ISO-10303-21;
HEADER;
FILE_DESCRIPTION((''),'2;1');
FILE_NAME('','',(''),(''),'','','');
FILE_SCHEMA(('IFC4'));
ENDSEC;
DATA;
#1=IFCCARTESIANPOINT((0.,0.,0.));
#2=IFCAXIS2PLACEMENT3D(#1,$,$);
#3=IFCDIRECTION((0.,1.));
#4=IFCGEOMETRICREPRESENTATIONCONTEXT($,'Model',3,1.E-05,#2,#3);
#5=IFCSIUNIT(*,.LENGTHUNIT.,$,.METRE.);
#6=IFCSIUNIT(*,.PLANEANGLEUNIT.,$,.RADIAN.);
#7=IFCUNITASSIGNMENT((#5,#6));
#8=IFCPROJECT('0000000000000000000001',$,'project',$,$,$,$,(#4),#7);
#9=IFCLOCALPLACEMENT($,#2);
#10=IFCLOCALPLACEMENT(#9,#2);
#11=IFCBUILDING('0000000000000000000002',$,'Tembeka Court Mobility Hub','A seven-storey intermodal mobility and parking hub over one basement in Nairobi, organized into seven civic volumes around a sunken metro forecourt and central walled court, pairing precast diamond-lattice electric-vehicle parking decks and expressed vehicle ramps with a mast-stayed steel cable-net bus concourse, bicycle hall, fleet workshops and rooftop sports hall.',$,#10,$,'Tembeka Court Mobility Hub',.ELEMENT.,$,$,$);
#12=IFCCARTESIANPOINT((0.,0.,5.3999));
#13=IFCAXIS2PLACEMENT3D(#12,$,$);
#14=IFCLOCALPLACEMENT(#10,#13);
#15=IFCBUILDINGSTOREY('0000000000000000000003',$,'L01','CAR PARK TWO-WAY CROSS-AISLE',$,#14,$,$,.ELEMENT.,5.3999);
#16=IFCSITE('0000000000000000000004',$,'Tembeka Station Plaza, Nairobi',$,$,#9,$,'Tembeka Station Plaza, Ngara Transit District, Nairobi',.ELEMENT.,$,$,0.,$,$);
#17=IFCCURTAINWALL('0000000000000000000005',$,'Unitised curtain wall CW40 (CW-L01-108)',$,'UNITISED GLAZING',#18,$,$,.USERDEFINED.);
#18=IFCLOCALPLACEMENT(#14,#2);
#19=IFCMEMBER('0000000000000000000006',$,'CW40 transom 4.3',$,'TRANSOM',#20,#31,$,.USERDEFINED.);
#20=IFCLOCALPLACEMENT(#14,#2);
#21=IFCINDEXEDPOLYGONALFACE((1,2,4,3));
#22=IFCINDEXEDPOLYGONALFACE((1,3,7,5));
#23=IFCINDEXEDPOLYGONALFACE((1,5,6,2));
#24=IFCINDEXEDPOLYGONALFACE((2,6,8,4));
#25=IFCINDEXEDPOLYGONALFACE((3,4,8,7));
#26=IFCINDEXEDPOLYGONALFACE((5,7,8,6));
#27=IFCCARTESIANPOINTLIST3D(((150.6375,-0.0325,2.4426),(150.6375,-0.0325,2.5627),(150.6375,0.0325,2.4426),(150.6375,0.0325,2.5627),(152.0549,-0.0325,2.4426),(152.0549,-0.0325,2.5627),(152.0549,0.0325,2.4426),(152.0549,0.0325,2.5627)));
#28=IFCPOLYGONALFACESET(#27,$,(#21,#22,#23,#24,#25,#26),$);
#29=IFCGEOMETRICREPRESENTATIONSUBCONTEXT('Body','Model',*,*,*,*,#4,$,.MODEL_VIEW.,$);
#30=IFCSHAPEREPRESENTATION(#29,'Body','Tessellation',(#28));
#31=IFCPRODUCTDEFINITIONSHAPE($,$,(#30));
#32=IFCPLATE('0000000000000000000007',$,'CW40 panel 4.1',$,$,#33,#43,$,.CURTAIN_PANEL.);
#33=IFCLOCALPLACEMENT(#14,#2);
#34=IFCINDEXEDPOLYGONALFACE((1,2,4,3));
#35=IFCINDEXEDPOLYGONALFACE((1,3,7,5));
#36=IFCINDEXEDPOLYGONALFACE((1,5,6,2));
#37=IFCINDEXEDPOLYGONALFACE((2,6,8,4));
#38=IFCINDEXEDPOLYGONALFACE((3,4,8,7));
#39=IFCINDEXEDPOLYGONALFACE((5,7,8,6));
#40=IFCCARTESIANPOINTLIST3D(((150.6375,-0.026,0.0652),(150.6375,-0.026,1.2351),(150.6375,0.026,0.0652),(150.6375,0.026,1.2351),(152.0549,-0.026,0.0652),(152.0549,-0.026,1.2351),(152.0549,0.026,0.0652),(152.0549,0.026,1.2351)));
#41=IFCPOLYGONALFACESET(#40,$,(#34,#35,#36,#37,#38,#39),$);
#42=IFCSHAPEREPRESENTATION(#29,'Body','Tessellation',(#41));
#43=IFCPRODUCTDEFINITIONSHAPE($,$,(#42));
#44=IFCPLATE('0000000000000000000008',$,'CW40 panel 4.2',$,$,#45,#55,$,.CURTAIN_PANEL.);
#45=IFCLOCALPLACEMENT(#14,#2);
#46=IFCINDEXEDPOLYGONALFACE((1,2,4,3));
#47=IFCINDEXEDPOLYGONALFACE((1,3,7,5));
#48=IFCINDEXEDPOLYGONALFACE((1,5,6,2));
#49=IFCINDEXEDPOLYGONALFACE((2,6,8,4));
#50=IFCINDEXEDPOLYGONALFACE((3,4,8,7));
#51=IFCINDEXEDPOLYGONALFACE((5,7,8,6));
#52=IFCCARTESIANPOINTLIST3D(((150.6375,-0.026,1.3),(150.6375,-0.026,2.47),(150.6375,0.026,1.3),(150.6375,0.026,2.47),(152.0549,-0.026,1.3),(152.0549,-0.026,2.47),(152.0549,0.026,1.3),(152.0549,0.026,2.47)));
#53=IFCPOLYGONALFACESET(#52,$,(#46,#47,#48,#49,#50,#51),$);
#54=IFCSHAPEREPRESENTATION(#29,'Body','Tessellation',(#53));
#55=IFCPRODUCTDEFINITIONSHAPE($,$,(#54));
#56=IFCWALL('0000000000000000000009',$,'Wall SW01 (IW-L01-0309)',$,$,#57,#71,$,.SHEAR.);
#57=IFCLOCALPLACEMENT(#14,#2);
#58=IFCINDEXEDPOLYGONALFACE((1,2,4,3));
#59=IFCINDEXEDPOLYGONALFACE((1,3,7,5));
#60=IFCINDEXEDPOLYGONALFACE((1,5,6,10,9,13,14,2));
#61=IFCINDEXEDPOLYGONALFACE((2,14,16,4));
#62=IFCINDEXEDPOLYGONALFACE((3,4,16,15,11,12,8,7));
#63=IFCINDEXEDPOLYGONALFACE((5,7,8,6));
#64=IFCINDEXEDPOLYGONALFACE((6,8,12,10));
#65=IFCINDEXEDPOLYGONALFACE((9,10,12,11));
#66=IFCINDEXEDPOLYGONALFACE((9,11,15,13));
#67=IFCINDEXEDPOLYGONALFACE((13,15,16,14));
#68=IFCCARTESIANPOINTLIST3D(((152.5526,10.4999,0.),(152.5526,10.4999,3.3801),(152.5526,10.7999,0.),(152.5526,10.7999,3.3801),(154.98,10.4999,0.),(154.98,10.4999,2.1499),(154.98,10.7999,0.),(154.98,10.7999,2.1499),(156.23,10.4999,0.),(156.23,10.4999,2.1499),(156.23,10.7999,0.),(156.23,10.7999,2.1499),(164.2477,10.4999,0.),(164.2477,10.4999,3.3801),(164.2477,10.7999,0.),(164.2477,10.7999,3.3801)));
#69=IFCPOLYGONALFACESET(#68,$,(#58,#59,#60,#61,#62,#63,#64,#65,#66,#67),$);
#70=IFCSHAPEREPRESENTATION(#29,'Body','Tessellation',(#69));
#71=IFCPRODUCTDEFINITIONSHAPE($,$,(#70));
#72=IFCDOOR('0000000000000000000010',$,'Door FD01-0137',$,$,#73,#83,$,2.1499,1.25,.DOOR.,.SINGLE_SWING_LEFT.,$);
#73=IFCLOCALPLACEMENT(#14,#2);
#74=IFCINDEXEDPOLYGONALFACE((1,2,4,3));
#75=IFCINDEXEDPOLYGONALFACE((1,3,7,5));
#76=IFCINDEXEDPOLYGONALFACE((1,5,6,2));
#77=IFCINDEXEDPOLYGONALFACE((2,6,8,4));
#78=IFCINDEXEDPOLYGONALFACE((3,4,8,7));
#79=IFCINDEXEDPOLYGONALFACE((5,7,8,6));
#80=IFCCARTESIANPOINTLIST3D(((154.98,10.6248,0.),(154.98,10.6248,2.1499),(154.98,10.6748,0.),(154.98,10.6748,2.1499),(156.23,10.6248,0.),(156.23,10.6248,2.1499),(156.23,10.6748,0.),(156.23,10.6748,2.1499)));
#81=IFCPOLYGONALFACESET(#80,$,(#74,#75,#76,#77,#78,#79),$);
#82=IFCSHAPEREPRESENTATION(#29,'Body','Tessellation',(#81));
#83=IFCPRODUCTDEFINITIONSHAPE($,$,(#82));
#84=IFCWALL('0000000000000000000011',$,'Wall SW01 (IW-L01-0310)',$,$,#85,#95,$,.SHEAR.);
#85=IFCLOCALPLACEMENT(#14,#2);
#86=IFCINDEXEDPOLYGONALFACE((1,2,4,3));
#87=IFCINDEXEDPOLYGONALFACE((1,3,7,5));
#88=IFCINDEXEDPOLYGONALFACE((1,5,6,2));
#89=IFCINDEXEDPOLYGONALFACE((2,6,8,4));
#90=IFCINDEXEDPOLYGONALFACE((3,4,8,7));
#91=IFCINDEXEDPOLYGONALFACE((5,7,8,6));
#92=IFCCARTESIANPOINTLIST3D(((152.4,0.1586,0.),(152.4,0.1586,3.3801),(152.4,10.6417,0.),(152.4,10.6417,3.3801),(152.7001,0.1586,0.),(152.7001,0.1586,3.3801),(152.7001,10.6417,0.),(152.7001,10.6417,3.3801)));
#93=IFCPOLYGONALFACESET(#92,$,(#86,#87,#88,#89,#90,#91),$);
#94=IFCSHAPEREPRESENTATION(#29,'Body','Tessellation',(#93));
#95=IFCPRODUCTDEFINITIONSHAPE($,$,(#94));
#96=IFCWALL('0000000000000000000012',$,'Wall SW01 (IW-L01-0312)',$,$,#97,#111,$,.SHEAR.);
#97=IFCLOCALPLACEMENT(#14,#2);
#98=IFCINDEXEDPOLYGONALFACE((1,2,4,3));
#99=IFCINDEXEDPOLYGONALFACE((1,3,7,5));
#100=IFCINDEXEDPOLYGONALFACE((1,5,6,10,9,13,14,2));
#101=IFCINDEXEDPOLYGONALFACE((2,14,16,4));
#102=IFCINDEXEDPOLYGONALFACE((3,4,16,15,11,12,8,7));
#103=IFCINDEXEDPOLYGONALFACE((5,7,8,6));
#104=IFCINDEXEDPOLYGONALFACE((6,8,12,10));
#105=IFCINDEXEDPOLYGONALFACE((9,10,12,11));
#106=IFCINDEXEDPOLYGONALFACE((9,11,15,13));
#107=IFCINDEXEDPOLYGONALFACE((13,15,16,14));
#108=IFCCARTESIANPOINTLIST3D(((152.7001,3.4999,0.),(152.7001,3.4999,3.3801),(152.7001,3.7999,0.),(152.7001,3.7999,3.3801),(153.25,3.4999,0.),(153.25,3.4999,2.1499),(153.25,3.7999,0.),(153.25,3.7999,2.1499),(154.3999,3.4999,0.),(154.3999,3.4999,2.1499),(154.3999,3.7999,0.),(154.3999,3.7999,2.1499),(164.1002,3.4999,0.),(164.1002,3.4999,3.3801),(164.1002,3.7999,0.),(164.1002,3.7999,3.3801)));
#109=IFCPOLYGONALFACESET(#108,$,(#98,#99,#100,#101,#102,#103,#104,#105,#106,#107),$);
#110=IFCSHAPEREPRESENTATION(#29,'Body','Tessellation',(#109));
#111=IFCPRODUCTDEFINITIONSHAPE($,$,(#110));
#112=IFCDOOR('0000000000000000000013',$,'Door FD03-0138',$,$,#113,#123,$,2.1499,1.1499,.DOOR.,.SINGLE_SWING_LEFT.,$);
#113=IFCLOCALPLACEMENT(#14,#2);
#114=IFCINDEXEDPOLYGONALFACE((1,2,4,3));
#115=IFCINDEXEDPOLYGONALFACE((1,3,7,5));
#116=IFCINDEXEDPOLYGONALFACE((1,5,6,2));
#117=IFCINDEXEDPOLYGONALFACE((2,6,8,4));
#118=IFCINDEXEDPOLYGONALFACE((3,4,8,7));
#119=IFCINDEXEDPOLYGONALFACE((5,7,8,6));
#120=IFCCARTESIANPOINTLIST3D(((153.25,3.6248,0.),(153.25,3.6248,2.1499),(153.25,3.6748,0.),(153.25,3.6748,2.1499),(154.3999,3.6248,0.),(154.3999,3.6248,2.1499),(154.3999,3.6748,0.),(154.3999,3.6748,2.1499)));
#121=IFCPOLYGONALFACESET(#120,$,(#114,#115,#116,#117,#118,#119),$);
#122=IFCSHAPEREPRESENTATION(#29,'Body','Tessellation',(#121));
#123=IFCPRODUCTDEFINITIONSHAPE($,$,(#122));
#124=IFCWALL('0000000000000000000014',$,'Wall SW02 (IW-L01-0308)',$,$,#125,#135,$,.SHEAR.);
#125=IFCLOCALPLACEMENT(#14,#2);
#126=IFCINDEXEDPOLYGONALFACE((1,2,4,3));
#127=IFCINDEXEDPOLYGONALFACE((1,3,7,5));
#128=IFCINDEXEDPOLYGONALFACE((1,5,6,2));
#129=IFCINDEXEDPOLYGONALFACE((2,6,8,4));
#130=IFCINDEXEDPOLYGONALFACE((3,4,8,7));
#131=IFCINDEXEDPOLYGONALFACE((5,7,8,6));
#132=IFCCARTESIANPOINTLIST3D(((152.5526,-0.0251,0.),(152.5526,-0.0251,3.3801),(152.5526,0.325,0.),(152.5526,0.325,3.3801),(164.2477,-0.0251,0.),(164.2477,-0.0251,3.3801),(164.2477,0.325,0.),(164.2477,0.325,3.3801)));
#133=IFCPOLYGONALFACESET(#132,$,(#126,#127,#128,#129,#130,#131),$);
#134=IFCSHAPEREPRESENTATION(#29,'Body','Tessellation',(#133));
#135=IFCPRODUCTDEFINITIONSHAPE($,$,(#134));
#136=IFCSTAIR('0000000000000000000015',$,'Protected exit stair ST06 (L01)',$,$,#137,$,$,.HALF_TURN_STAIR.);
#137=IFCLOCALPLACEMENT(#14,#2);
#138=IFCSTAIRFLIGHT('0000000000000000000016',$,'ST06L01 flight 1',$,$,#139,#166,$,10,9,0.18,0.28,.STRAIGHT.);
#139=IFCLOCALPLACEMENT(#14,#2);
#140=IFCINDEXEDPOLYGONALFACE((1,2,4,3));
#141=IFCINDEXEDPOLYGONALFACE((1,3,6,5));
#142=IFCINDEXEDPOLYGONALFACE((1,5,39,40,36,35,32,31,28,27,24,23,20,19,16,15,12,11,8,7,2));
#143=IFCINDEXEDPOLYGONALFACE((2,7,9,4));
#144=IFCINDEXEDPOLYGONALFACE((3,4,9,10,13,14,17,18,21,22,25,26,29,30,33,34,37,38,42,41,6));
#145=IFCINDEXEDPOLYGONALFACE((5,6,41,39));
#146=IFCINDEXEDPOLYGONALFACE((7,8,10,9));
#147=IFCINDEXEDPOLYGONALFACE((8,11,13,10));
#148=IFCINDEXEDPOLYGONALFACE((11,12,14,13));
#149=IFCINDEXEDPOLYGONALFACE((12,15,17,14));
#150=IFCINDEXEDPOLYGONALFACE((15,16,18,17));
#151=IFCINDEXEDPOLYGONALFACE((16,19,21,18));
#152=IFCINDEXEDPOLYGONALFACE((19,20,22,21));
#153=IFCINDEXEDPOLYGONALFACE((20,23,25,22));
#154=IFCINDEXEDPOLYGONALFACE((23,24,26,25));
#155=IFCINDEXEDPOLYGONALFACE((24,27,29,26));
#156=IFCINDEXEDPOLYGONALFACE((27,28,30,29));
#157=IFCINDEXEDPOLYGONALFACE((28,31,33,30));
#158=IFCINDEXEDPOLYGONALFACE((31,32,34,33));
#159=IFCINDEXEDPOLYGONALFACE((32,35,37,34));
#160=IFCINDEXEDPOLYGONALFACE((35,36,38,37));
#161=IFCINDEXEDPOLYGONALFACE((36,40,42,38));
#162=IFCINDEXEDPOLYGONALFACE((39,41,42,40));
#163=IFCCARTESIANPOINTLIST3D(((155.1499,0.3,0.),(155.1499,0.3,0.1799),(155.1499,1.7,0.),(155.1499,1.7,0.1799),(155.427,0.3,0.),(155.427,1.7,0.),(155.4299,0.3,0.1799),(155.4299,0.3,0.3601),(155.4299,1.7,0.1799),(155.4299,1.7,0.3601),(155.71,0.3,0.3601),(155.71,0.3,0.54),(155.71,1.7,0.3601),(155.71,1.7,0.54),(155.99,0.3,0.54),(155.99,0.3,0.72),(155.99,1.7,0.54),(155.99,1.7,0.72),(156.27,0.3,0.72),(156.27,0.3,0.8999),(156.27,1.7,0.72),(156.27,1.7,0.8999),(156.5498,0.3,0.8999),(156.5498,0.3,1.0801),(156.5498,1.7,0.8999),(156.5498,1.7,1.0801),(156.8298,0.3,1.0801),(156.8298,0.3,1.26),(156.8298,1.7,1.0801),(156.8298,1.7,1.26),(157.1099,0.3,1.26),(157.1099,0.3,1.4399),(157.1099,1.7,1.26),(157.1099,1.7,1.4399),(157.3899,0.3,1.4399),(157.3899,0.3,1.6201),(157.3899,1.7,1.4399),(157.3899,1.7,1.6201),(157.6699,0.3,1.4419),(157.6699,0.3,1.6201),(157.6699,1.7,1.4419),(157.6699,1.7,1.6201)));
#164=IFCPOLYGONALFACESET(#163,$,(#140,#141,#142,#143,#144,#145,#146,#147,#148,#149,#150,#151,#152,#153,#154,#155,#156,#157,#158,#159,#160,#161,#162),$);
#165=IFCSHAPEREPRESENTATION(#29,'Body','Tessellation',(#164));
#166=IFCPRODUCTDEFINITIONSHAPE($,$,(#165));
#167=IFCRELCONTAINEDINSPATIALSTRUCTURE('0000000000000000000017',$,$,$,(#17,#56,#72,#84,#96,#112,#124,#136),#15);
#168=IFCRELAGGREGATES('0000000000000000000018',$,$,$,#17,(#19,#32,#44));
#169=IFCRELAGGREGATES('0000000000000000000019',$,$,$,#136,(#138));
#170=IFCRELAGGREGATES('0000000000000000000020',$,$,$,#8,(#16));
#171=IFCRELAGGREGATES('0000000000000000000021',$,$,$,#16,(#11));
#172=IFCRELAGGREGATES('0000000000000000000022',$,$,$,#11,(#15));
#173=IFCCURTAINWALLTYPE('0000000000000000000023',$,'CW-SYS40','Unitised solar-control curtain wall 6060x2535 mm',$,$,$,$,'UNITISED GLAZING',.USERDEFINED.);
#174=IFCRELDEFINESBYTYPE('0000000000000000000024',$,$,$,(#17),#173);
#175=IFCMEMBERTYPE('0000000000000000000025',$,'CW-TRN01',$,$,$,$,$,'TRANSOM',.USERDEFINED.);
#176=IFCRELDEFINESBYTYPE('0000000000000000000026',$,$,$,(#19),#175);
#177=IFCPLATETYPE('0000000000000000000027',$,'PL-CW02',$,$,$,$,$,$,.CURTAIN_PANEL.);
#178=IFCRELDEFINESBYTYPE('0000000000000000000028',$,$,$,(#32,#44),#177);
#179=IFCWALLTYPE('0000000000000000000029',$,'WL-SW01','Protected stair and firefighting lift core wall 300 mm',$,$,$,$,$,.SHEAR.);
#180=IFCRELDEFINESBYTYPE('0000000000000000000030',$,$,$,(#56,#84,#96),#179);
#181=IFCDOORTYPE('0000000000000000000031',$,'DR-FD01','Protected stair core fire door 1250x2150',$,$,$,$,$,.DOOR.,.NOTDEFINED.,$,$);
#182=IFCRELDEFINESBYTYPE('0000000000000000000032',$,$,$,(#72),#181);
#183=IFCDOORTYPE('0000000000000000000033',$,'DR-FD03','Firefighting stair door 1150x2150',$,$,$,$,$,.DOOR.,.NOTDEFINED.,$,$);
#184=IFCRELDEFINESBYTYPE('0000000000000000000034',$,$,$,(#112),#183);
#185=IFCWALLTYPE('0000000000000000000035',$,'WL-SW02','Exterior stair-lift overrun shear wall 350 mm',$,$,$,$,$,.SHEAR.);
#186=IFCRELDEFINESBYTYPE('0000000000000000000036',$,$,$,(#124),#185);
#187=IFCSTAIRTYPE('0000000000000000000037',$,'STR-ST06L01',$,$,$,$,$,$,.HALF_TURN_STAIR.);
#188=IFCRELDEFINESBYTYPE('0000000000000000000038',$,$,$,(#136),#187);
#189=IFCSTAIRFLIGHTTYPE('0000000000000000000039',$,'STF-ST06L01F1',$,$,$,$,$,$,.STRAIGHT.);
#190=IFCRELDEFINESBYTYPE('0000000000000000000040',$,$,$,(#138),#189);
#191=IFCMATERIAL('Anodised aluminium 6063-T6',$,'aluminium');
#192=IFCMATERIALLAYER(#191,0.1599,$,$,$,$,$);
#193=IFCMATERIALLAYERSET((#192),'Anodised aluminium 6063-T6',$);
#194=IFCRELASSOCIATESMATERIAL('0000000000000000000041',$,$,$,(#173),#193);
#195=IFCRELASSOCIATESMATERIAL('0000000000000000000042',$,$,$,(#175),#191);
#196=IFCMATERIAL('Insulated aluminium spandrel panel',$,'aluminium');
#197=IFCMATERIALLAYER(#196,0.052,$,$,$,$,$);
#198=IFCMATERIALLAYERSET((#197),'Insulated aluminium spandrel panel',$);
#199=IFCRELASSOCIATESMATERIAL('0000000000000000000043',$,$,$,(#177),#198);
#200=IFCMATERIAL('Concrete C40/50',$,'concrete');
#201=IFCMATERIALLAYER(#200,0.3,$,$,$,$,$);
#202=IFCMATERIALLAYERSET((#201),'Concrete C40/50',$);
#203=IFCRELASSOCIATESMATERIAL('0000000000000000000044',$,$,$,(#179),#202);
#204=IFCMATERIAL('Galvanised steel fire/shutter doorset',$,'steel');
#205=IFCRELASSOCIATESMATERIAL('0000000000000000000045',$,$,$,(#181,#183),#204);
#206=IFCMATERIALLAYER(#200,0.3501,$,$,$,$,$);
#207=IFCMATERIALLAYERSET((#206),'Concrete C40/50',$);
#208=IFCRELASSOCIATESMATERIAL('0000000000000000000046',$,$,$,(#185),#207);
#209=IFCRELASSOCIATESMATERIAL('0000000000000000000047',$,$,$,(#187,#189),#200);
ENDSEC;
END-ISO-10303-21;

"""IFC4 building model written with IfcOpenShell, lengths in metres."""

from ifc_helpers import new_model, si_unit, direction, frame, frame_2d, origin, origin_2d, place, context, subcontext, project, spatial, polyline, rectangle, outline, extrude, material, layer, layer_set, material_profile, profile_set, type_object, element, fill, aggregate, save


model = new_model("IFC4")

# Units and contexts
model_context = context("Model", 3, precision=1e-05, world=origin(), true_north=direction((0.0, 1.0)))
body_context = subcontext(model_context, "Body", "Model", "MODEL_VIEW")
ifc_project = project(units=[si_unit("LENGTHUNIT", "METRE"), si_unit("PLANEANGLEUNIT", "RADIAN")], contexts=[model_context])

# Site, building, storey
site_placement = place(None, origin())
site = spatial("IfcSite", under=ifc_project, at=site_placement, Name="Tembeka Station Plaza, Nairobi", LongName="Tembeka Station Plaza, Ngara Transit District, Nairobi", CompositionType="ELEMENT", RefElevation=0.0)
building_placement = place(site_placement, origin())
building = spatial("IfcBuilding", under=site, at=building_placement, Name="Tembeka Court Mobility Hub", Description="A seven-storey intermodal mobility and parking hub over one basement in Nairobi, organized into seven civic volumes around a sunken metro forecourt and central walled court, pairing precast diamond-lattice electric-vehicle parking decks and expressed vehicle ramps with a mast-stayed steel cable-net bus concourse, bicycle hall, fleet workshops and rooftop sports hall.", LongName="Tembeka Court Mobility Hub", CompositionType="ELEMENT")
storey_placement = place(building_placement, frame((0.0, 0.0, 5.3999)))
storey = spatial("IfcBuildingStorey", under=building, at=storey_placement, Name="L01", Description="CAR PARK TWO-WAY CROSS-AISLE", CompositionType="ELEMENT", Elevation=5.3999)

# Curtain wall, member, plates
ifc_material_1 = material(Name="Anodised aluminium 6063-T6", Category="aluminium")
ifc_layer_1 = layer(ifc_material_1, 0.1599)
ifc_layer_set_1 = layer_set([ifc_layer_1], Name="Anodised aluminium 6063-T6")
curtain_wall_type = type_object("IfcCurtainWallType", Name="CW-SYS40", Description="Unitised solar-control curtain wall 6060x2535 mm", ElementType="UNITISED GLAZING", PredefinedType="USERDEFINED", material=ifc_layer_set_1)
curtain_wall_placement = place(storey_placement, origin())
curtain_wall = element("IfcCurtainWall", 1, at=curtain_wall_placement, inside=storey, type_object=curtain_wall_type, Name="Unitised curtain wall CW40 (CW-L01-108)", ObjectType="UNITISED GLAZING", PredefinedType="USERDEFINED")
ifc_material_profile_1 = material_profile(ifc_material_1, rectangle(XDim=0.0649, YDim=0.1201, at=origin_2d()), Name="ALU-TRN 65x120")
ifc_profile_set_1 = profile_set([ifc_material_profile_1], Name="Anodised aluminium 6063-T6")
member_type_1 = type_object("IfcMemberType", Name="CW-TRN01", ElementType="TRANSOM", PredefinedType="USERDEFINED", material=ifc_profile_set_1)
member_1_placement = place(storey_placement, frame((150.6375, 0.0, 2.5027), z_axis=(1.0, 0.0, 0.0), x_axis=(0.0, 1.0, 0.0)))
member_1 = element("IfcMember", 2, at=member_1_placement, type_object=member_type_1, Name="CW40 transom 4.3", ObjectType="TRANSOM", PredefinedType="USERDEFINED", context=body_context, shape_type="SweptSolid", body=[
    extrude(rectangle(XDim=0.0649, YDim=0.1201, at=origin_2d()), origin(), (0.0, 0.0, 1.0), 1.4175),
])
ifc_material_2 = material(Name="Insulated aluminium spandrel panel", Category="aluminium")
ifc_layer_2 = layer(ifc_material_2, 0.052)
ifc_layer_set_2 = layer_set([ifc_layer_2], Name="Insulated aluminium spandrel panel")
plate_type = type_object("IfcPlateType", Name="PL-CW02", PredefinedType="CURTAIN_PANEL", material=ifc_layer_set_2)
plate_1_placement = place(storey_placement, frame((151.3462, 0.0, 0.0652), z_axis=(0.0, 0.0, 1.0), x_axis=(1.0, 0.0, 0.0)))
plate_1 = element("IfcPlate", 3, at=plate_1_placement, type_object=plate_type, Name="CW40 panel 4.1", PredefinedType="CURTAIN_PANEL", context=body_context, shape_type="SweptSolid", body=[
    extrude(rectangle(XDim=1.4175, YDim=0.052, at=origin_2d()), origin(), (0.0, 0.0, 1.0), 1.1699),
])
plate_2_placement = place(storey_placement, frame((151.3462, 0.0, 1.3), z_axis=(0.0, 0.0, 1.0), x_axis=(1.0, 0.0, 0.0)))
plate_2 = element("IfcPlate", 4, at=plate_2_placement, type_object=plate_type, Name="CW40 panel 4.2", PredefinedType="CURTAIN_PANEL", context=body_context, shape_type="SweptSolid", body=[
    extrude(rectangle(XDim=1.4175, YDim=0.052, at=origin_2d()), origin(), (0.0, 0.0, 1.0), 1.1699),
])
aggregate(curtain_wall, [member_1, plate_1, plate_2])

# Wall, opening, door
ifc_material_3 = material(Name="Concrete C40/50", Category="concrete")
ifc_layer_3 = layer(ifc_material_3, 0.3)
ifc_layer_set_3 = layer_set([ifc_layer_3], Name="Concrete C40/50")
wall_type_1 = type_object("IfcWallType", Name="WL-SW01", Description="Protected stair and firefighting lift core wall 300 mm", PredefinedType="SHEAR", material=ifc_layer_set_3)
wall_1_placement = place(storey_placement, frame((152.5525, 10.6499, 0.0), z_axis=(0.0, 0.0, 1.0), x_axis=(1.0, 0.0, 0.0)))
wall_1 = element("IfcWall", 5, at=wall_1_placement, inside=storey, type_object=wall_type_1, Name="Wall SW01 (IW-L01-0309)", PredefinedType="SHEAR", context=body_context, shape_type="SweptSolid", body=[
    extrude(rectangle(XDim=11.6951, YDim=0.3, at=frame_2d((5.8477, 0.0))), origin(), (0.0, 0.0, 1.0), 3.3801),
])
opening_1_placement = place(wall_1_placement, frame((2.4275, 0.0, 0.0)))
opening_1 = element("IfcOpeningElement", 6, at=opening_1_placement, cuts=wall_1, PredefinedType="OPENING", context=body_context, shape_type="SweptSolid", body=[
    extrude(rectangle(XDim=1.25, YDim=2.1499, at=frame_2d((0.625, 1.075))), frame((0.0, 0.1602, 0.0), z_axis=(0.0, -1.0, 0.0), x_axis=(1.0, 0.0, 0.0)), (0.0, 0.0, 1.0), 0.3201),
])
ifc_material_4 = material(Name="Galvanised steel fire/shutter doorset", Category="steel")
door_type_1 = type_object("IfcDoorType", Name="DR-FD01", Description="Protected stair core fire door 1250x2150", OperationType="NOTDEFINED", PredefinedType="DOOR", material=ifc_material_4)
door_1_placement = place(opening_1_placement, origin())
door_1 = element("IfcDoor", 7, at=door_1_placement, inside=storey, type_object=door_type_1, Name="Door FD01-0137", OperationType="SINGLE_SWING_LEFT", OverallHeight=2.1499, OverallWidth=1.25, PredefinedType="DOOR", context=body_context, shape_type="SweptSolid", body=[
    extrude(rectangle(XDim=1.25, YDim=2.1499, at=frame_2d((0.625, 1.075))), frame((0.0, 0.0249, 0.0), z_axis=(0.0, -1.0, 0.0), x_axis=(1.0, 0.0, 0.0)), (0.0, 0.0, 1.0), 0.05),
])
fill(opening_1, door_1)

# Wall
wall_2_placement = place(storey_placement, frame((152.55, 0.1584, 0.0), z_axis=(0.0, 0.0, 1.0), x_axis=(0.0, 1.0, 0.0)))
element("IfcWall", 8, at=wall_2_placement, inside=storey, type_object=wall_type_1, Name="Wall SW01 (IW-L01-0310)", PredefinedType="SHEAR", context=body_context, shape_type="SweptSolid", body=[
    extrude(rectangle(XDim=10.4832, YDim=0.3, at=frame_2d((5.2417, 0.0))), origin(), (0.0, 0.0, 1.0), 3.3801),
])

# Wall, opening, door
wall_3_placement = place(storey_placement, frame((152.7, 3.6499, 0.0), z_axis=(0.0, 0.0, 1.0), x_axis=(1.0, 0.0, 0.0)))
wall_3 = element("IfcWall", 9, at=wall_3_placement, inside=storey, type_object=wall_type_1, Name="Wall SW01 (IW-L01-0312)", PredefinedType="SHEAR", context=body_context, shape_type="SweptSolid", body=[
    extrude(rectangle(XDim=11.4001, YDim=0.3, at=frame_2d((5.7002, 0.0))), origin(), (0.0, 0.0, 1.0), 3.3801),
])
opening_2_placement = place(wall_3_placement, frame((0.55, 0.0, 0.0)))
opening_2 = element("IfcOpeningElement", 10, at=opening_2_placement, cuts=wall_3, PredefinedType="OPENING", context=body_context, shape_type="SweptSolid", body=[
    extrude(rectangle(XDim=1.1499, YDim=2.1499, at=frame_2d((0.575, 1.075))), frame((0.0, 0.1602, 0.0), z_axis=(0.0, -1.0, 0.0), x_axis=(1.0, 0.0, 0.0)), (0.0, 0.0, 1.0), 0.3201),
])
door_type_2 = type_object("IfcDoorType", Name="DR-FD03", Description="Firefighting stair door 1150x2150", OperationType="NOTDEFINED", PredefinedType="DOOR", material=ifc_material_4)
door_2_placement = place(opening_2_placement, origin())
door_2 = element("IfcDoor", 11, at=door_2_placement, inside=storey, type_object=door_type_2, Name="Door FD03-0138", OperationType="SINGLE_SWING_LEFT", OverallHeight=2.1499, OverallWidth=1.1499, PredefinedType="DOOR", context=body_context, shape_type="SweptSolid", body=[
    extrude(rectangle(XDim=1.1499, YDim=2.1499, at=frame_2d((0.575, 1.075))), frame((0.0, 0.0249, 0.0), z_axis=(0.0, -1.0, 0.0), x_axis=(1.0, 0.0, 0.0)), (0.0, 0.0, 1.0), 0.05),
])
fill(opening_2, door_2)

# Wall
ifc_layer_4 = layer(ifc_material_3, 0.3501)
ifc_layer_set_4 = layer_set([ifc_layer_4], Name="Concrete C40/50")
wall_type_2 = type_object("IfcWallType", Name="WL-SW02", Description="Exterior stair-lift overrun shear wall 350 mm", PredefinedType="SHEAR", material=ifc_layer_set_4)
wall_4_placement = place(storey_placement, frame((152.5525, 0.1499, 0.0), z_axis=(0.0, 0.0, 1.0), x_axis=(1.0, 0.0, 0.0)))
element("IfcWall", 12, at=wall_4_placement, inside=storey, type_object=wall_type_2, Name="Wall SW02 (IW-L01-0308)", PredefinedType="SHEAR", context=body_context, shape_type="SweptSolid", body=[
    extrude(rectangle(XDim=11.6951, YDim=0.3501, at=frame_2d((5.8477, 0.0))), origin(), (0.0, 0.0, 1.0), 3.3801),
])

# Stair, stair flight
stair_type = type_object("IfcStairType", Name="STR-ST06L01", PredefinedType="HALF_TURN_STAIR", material=ifc_material_3)
stair_placement = place(storey_placement, origin())
stair = element("IfcStair", 13, at=stair_placement, inside=storey, type_object=stair_type, Name="Protected exit stair ST06 (L01)", PredefinedType="HALF_TURN_STAIR")
stair_flight_type_1 = type_object("IfcStairFlightType", Name="STF-ST06L01F1", PredefinedType="STRAIGHT", material=ifc_material_3)
stair_flight_1_placement = place(storey_placement, frame((155.1499, 1.0, 0.0), z_axis=(0.0, 0.0, 1.0), x_axis=(1.0, 0.0, 0.0)))
stair_flight_1 = element("IfcStairFlight", 14, at=stair_flight_1_placement, type_object=stair_flight_type_1, Name="ST06L01 flight 1", NumberOfRisers=10, NumberOfTreads=9, PredefinedType="STRAIGHT", RiserHeight=0.18, TreadLength=0.28, context=body_context, shape_type="SweptSolid", body=[
    extrude(outline(polyline([(0.0, 0.0), (0.0, 0.1799), (0.28, 0.1799), (0.28, 0.3601), (0.5601, 0.3601), (0.5601, 0.54), (0.8401, 0.54), (0.8401, 0.72), (1.1201, 0.72), (1.1201, 0.8999), (1.3999, 0.8999), (1.3999, 1.0801), (1.6799, 1.0801), (1.6799, 1.26), (1.96, 1.26), (1.96, 1.4399), (2.24, 1.4399), (2.24, 1.6201), (2.52, 1.6201), (2.52, 1.8), (2.52, 1.4419), (0.2771, 0.0), (0.0, 0.0)])), frame((0.0, 0.7, 0.0), z_axis=(0.0, -1.0, 0.0), x_axis=(1.0, 0.0, 0.0)), (0.0, 0.0, 1.0), 1.3999),
])
aggregate(stair, [stair_flight_1])

save(model, "model.ifc")
